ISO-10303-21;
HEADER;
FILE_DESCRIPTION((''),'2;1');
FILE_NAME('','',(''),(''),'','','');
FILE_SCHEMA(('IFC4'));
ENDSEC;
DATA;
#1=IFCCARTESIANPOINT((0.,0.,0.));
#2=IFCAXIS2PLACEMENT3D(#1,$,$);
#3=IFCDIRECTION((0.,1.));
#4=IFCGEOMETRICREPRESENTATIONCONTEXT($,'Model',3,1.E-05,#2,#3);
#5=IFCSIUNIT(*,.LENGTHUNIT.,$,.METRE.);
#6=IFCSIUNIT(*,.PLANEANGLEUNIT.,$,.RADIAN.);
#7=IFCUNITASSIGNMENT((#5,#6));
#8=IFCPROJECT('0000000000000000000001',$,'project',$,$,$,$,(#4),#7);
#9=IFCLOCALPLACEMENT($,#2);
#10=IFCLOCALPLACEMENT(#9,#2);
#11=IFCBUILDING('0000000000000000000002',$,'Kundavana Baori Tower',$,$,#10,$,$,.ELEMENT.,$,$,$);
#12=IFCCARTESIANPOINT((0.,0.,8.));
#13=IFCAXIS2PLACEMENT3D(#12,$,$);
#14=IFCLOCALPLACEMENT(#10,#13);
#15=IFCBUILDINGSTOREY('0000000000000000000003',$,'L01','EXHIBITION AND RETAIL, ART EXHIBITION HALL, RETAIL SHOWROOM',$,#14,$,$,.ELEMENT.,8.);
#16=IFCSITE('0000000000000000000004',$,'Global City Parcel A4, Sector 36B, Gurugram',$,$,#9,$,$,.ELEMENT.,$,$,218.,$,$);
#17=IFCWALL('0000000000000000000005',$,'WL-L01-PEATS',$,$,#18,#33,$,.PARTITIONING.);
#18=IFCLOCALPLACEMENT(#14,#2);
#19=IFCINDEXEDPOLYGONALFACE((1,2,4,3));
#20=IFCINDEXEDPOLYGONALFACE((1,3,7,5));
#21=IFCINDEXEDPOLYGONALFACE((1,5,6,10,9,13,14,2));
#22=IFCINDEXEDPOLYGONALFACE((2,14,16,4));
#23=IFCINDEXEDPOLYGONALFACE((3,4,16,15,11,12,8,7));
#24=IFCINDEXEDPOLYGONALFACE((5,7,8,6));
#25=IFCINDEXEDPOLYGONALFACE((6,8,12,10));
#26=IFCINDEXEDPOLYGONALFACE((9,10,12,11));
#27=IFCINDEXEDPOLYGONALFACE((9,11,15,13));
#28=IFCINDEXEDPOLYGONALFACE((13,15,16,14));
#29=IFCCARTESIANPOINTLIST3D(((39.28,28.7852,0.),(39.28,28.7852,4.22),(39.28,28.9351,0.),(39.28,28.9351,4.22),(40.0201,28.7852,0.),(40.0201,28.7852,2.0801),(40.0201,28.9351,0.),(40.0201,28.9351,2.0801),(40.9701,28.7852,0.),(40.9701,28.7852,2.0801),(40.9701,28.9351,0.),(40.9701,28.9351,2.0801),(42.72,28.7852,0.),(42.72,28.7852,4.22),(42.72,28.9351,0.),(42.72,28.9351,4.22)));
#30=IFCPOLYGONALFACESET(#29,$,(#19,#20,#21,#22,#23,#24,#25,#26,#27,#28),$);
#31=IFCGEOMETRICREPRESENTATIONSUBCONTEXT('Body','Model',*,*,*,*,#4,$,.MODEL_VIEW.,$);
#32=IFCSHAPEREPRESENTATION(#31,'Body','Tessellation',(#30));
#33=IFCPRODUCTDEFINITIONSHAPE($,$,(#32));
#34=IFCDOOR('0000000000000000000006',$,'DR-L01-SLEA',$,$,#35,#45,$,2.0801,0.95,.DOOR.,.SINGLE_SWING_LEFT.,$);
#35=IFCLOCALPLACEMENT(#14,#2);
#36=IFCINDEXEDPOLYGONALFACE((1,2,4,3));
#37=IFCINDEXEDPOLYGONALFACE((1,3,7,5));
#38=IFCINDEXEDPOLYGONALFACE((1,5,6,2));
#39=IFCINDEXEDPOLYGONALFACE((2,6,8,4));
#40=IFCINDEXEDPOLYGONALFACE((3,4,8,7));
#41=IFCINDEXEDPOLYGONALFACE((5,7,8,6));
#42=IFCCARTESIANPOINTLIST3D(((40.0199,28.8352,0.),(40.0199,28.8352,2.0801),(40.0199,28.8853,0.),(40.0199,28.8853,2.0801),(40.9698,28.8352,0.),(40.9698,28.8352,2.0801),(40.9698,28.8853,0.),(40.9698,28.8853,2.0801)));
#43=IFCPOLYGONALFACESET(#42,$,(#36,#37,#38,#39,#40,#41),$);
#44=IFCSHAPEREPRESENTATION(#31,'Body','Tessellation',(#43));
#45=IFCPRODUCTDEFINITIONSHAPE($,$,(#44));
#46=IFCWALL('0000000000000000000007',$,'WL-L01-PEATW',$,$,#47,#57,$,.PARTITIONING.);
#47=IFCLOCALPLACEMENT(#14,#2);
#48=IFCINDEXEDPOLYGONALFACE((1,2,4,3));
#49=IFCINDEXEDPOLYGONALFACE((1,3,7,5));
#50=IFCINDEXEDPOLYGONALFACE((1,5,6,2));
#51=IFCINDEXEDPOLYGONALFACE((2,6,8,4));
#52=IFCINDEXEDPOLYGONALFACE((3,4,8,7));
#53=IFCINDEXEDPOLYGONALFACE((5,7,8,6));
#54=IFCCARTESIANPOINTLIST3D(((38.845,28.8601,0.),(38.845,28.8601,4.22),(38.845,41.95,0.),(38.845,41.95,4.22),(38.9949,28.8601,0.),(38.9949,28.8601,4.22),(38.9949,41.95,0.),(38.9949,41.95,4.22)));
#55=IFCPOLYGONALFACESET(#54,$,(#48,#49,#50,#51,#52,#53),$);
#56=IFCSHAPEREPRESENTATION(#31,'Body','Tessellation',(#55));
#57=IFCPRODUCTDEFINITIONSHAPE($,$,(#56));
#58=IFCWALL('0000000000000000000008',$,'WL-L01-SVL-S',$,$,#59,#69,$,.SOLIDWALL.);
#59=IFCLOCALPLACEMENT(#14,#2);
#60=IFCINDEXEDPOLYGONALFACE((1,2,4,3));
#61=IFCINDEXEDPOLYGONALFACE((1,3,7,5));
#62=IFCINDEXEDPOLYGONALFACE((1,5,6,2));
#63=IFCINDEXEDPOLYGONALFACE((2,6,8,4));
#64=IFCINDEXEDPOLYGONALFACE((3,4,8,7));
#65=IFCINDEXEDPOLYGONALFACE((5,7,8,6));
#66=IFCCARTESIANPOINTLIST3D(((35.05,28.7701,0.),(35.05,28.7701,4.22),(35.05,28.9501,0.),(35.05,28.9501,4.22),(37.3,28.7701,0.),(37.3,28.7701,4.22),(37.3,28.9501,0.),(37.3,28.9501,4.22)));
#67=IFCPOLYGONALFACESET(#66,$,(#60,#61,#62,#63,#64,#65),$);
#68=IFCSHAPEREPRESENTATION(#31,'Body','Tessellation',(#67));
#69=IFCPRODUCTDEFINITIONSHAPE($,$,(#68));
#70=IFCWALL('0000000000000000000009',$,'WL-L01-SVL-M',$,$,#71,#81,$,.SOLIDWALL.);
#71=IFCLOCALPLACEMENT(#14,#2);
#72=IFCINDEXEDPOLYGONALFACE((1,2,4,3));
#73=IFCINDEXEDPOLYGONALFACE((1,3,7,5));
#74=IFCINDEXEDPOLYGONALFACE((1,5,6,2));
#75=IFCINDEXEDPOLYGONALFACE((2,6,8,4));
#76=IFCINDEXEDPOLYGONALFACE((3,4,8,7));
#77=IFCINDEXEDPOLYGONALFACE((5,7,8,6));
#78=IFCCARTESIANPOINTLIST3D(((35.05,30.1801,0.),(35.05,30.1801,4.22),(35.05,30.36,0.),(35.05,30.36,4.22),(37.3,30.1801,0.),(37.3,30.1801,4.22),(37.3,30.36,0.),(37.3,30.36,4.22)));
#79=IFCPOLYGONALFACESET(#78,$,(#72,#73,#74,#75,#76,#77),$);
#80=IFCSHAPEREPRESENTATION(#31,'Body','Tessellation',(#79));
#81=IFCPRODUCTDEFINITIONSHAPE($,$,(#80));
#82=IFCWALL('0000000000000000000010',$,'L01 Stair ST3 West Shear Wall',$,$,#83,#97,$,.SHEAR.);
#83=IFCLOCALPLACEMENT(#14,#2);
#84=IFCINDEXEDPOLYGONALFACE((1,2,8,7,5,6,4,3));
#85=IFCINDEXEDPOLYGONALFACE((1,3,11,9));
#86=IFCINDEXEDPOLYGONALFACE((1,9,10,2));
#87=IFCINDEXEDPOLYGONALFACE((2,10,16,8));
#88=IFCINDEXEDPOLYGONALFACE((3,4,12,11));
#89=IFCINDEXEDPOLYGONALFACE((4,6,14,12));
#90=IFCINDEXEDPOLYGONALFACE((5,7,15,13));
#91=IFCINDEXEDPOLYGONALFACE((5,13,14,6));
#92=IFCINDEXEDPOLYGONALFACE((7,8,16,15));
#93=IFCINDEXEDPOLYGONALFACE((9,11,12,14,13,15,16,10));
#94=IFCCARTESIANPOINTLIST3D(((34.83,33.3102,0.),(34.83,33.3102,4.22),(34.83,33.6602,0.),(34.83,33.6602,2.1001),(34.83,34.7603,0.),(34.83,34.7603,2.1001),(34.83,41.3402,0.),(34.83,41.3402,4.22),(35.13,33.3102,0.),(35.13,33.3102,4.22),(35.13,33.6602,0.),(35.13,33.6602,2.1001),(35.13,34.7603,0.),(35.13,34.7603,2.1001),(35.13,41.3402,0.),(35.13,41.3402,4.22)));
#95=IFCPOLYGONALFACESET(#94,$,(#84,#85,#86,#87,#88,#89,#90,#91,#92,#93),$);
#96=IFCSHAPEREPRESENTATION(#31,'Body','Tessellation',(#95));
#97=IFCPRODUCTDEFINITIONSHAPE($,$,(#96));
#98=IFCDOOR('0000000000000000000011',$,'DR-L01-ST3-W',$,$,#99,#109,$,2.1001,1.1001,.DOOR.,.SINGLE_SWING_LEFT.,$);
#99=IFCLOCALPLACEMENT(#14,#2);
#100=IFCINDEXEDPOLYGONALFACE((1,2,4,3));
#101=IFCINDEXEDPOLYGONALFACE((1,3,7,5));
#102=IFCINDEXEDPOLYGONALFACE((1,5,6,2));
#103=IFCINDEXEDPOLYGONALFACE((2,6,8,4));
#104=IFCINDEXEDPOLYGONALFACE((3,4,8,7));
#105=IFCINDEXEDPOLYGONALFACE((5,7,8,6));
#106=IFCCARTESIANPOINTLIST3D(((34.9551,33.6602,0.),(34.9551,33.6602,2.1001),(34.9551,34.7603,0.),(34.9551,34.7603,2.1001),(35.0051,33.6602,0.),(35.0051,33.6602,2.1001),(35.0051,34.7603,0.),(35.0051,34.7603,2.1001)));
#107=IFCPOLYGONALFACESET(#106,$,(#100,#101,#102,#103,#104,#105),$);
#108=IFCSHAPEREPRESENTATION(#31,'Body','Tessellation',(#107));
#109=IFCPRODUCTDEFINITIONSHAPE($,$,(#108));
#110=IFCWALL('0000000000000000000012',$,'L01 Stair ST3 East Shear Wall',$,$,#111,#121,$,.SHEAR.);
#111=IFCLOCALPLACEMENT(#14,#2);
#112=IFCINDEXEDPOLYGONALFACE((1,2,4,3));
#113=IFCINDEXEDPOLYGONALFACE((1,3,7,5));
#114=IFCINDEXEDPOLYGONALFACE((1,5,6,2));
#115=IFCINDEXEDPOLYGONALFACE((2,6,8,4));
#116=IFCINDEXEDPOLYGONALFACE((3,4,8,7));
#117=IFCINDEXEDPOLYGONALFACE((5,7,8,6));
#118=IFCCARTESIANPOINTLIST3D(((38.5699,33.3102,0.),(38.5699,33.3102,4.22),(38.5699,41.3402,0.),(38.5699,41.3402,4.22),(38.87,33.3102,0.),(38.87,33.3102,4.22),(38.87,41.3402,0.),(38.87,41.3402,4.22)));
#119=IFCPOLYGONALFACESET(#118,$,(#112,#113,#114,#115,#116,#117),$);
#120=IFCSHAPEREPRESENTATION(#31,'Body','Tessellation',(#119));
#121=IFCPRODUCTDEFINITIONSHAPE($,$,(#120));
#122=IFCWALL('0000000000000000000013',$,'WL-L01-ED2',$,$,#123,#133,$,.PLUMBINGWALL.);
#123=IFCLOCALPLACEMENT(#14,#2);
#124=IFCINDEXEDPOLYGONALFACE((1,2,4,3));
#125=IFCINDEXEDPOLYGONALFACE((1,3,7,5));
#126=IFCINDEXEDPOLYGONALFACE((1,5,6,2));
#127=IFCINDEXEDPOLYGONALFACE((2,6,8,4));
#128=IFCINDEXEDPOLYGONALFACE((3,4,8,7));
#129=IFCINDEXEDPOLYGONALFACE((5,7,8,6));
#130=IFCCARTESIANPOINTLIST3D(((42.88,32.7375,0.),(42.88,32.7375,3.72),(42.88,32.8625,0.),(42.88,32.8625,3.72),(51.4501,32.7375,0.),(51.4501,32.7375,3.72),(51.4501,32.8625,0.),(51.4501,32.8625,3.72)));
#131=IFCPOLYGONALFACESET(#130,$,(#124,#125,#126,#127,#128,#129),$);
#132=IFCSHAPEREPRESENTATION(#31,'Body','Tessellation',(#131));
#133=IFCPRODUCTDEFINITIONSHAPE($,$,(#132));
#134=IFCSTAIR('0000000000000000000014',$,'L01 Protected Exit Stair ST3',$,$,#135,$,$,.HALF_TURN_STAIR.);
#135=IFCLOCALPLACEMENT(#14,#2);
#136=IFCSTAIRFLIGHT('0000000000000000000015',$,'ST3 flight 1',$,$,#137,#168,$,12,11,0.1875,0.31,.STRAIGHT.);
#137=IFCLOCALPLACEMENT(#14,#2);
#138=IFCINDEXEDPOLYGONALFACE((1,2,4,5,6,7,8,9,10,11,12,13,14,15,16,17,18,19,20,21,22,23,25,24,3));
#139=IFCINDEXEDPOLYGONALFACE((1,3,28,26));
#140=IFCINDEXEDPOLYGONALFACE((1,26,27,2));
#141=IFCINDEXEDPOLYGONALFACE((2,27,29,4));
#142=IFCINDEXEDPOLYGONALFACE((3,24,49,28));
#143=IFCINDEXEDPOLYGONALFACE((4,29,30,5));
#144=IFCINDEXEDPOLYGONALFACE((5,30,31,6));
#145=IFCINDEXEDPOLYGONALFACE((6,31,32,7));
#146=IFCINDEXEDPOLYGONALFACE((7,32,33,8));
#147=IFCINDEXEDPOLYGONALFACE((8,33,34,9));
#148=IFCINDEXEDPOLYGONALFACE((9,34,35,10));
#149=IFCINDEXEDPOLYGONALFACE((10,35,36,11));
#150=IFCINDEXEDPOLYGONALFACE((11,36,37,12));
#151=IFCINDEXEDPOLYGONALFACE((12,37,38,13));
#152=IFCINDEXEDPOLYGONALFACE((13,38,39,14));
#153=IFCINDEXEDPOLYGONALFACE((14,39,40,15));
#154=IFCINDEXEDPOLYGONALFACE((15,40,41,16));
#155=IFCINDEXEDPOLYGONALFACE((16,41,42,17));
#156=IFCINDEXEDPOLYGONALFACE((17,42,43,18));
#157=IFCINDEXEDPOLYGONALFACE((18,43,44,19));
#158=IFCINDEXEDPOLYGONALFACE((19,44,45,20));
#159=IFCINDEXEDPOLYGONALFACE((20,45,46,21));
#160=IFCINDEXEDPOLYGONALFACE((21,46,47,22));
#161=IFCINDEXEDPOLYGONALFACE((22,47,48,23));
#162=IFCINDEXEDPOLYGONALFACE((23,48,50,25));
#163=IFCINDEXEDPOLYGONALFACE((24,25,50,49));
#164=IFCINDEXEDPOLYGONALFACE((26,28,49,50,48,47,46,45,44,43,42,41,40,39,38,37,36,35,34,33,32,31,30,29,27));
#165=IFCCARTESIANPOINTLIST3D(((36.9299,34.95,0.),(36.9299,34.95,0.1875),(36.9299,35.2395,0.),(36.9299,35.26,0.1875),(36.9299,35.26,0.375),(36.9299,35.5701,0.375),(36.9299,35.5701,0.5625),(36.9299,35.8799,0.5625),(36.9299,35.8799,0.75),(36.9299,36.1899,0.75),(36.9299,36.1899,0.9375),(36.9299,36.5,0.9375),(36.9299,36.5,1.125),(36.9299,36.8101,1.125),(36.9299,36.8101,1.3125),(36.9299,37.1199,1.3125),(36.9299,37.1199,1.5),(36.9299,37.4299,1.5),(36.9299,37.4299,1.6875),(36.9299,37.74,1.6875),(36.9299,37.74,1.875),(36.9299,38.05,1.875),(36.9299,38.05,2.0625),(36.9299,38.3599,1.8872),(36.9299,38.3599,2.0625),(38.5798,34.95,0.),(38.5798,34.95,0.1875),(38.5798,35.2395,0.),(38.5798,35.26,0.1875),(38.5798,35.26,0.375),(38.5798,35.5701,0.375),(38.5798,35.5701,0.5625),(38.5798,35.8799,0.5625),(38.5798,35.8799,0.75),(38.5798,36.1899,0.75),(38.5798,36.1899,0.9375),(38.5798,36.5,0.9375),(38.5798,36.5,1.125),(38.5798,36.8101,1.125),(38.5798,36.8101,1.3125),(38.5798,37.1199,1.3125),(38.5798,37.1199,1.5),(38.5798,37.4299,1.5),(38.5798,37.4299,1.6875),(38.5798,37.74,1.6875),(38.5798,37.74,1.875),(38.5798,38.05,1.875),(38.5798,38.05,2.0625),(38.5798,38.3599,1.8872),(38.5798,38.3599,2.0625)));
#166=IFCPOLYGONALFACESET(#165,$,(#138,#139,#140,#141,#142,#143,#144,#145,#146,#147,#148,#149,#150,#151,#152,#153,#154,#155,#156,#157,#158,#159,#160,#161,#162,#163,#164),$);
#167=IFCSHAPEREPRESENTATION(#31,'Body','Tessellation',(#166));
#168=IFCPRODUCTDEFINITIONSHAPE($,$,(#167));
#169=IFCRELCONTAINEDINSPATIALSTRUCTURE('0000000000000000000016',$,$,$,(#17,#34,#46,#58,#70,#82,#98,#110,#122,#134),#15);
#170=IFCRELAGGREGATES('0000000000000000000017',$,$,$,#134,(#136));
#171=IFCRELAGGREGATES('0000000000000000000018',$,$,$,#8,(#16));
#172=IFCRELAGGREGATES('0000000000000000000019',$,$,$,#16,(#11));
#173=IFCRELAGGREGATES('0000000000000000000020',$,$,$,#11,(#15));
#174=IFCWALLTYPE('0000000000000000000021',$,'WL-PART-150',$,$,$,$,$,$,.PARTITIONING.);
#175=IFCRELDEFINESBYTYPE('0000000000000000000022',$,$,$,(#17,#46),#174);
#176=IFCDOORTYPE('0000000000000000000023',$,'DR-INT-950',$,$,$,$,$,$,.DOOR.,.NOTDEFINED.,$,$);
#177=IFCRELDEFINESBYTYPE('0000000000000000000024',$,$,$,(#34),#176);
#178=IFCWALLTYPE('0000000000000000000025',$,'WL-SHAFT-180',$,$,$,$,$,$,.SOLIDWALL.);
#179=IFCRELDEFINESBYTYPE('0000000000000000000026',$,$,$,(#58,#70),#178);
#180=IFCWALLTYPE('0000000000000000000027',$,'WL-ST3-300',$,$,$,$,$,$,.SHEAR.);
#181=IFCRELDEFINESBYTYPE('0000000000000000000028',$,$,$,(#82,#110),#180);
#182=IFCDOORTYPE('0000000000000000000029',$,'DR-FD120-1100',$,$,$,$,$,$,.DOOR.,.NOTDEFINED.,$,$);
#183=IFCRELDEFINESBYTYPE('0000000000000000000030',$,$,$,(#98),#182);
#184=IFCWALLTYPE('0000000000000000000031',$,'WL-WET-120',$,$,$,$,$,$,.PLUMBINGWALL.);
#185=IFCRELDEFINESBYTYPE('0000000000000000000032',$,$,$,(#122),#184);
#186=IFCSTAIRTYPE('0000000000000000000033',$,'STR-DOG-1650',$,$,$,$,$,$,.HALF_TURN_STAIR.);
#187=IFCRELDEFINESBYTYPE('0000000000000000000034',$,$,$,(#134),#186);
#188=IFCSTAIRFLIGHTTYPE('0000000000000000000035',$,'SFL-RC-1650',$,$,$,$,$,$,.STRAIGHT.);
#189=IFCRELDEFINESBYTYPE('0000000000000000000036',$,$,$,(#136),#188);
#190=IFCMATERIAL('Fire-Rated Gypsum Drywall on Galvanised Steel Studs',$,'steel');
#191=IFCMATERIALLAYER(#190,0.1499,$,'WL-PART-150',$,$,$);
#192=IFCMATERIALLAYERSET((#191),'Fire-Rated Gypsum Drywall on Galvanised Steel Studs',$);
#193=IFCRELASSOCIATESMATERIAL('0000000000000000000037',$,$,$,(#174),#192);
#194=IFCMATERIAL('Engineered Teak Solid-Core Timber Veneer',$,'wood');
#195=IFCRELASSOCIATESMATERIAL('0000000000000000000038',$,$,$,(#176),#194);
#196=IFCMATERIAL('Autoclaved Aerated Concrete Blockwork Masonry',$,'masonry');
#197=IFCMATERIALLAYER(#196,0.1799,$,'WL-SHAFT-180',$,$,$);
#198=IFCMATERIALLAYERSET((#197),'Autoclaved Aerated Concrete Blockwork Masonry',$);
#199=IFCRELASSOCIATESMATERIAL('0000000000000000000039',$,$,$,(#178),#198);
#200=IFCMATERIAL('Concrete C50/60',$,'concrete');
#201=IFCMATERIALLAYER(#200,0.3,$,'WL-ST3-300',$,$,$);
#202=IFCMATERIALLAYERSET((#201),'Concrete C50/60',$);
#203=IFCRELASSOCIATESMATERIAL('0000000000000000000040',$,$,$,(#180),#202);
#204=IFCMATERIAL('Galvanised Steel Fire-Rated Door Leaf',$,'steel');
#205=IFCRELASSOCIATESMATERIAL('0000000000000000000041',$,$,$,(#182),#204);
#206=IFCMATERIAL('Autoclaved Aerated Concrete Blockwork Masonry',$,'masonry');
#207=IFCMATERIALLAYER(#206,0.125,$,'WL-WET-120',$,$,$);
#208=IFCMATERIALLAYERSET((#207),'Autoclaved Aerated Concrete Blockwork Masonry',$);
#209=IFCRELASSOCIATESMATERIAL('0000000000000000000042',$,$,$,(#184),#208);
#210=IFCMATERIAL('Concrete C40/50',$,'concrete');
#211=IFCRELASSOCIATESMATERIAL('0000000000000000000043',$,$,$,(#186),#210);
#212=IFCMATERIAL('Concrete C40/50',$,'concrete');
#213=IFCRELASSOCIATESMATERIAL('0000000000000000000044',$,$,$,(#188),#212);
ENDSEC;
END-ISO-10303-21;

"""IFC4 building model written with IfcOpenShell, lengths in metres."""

from ifc_helpers import new_model, si_unit, direction, frame, frame_2d, origin, place, context, subcontext, project, spatial, polyline, rectangle, outline, extrude, material, layer, layer_set, type_object, element, fill, aggregate, save


model = new_model("IFC4")

# Units and contexts
model_context = context("Model", 3, precision=1e-05, world=origin(), true_north=direction((0.0, 1.0)))
body_context = subcontext(model_context, "Body", "Model", "MODEL_VIEW")
ifc_project = project(units=[si_unit("LENGTHUNIT", "METRE"), si_unit("PLANEANGLEUNIT", "RADIAN")], contexts=[model_context])

# Site, building, storey
site_placement = place(None, origin())
site = spatial("IfcSite", under=ifc_project, at=site_placement, Name="Global City Parcel A4, Sector 36B, Gurugram", CompositionType="ELEMENT", RefElevation=218.0)
building_placement = place(site_placement, origin())
building = spatial("IfcBuilding", under=site, at=building_placement, Name="Kundavana Baori Tower", CompositionType="ELEMENT")
storey_placement = place(building_placement, frame((0.0, 0.0, 8.0)))
storey = spatial("IfcBuildingStorey", under=building, at=storey_placement, Name="L01", Description="EXHIBITION AND RETAIL, ART EXHIBITION HALL, RETAIL SHOWROOM", CompositionType="ELEMENT", Elevation=8.0)

# Shared definitions
ifc_material_1 = material(Name="Fire-Rated Gypsum Drywall on Galvanised Steel Studs", Category="steel")
ifc_layer_1 = layer(ifc_material_1, 0.1499, Name="WL-PART-150")
ifc_layer_set_1 = layer_set([ifc_layer_1], Name="Fire-Rated Gypsum Drywall on Galvanised Steel Studs")
wall_type_1 = type_object("IfcWallType", Name="WL-PART-150", PredefinedType="PARTITIONING", material=ifc_layer_set_1)

# Wall, opening, door
wall_1_placement = place(storey_placement, frame((39.28, 28.8601, 0.0), z_axis=(0.0, 0.0, 1.0), x_axis=(1.0, 0.0, 0.0)))
wall_1 = element("IfcWall", 1, at=wall_1_placement, inside=storey, type_object=wall_type_1, Name="WL-L01-PEATS", PredefinedType="PARTITIONING", context=body_context, shape_type="SweptSolid", body=[
    extrude(rectangle(XDim=3.4399, YDim=0.1499, at=frame_2d((1.72, 0.0))), origin(), (0.0, 0.0, 1.0), 4.22),
])
opening_1_placement = place(wall_1_placement, frame((0.74, 0.0, 0.0)))
opening_1 = element("IfcOpeningElement", 2, at=opening_1_placement, cuts=wall_1, PredefinedType="OPENING", context=body_context, shape_type="SweptSolid", body=[
    extrude(rectangle(XDim=0.95, YDim=2.0801, at=frame_2d((0.4751, 1.04))), frame((0.0, 0.085, 0.0), z_axis=(0.0, -1.0, 0.0), x_axis=(1.0, 0.0, 0.0)), (0.0, 0.0, 1.0), 0.1699),
])
ifc_material_2 = material(Name="Engineered Teak Solid-Core Timber Veneer", Category="wood")
door_type_1 = type_object("IfcDoorType", Name="DR-INT-950", OperationType="NOTDEFINED", PredefinedType="DOOR", material=ifc_material_2)
door_1_placement = place(opening_1_placement, frame((0.95, 0.0, 0.0), z_axis=(0.0, 0.0, 1.0), x_axis=(-1.0, 0.0, 0.0)))
door_1 = element("IfcDoor", 3, at=door_1_placement, inside=storey, type_object=door_type_1, Name="DR-L01-SLEA", OperationType="SINGLE_SWING_LEFT", OverallHeight=2.0801, OverallWidth=0.95, PredefinedType="DOOR", context=body_context, shape_type="SweptSolid", body=[
    extrude(rectangle(XDim=0.95, YDim=2.0801, at=frame_2d((0.4751, 1.04))), frame((0.0, 0.0249, 0.0), z_axis=(0.0, -1.0, 0.0), x_axis=(1.0, 0.0, 0.0)), (0.0, 0.0, 1.0), 0.05),
])
fill(opening_1, door_1)

# Wall
wall_2_placement = place(storey_placement, frame((38.9199, 28.8601, 0.0), z_axis=(0.0, 0.0, 1.0), x_axis=(0.0, 1.0, 0.0)))
element("IfcWall", 4, at=wall_2_placement, inside=storey, type_object=wall_type_1, Name="WL-L01-PEATW", PredefinedType="PARTITIONING", context=body_context, shape_type="SweptSolid", body=[
    extrude(rectangle(XDim=13.0898, YDim=0.1499, at=frame_2d((6.5449, 0.0))), origin(), (0.0, 0.0, 1.0), 4.22),
])

# Shared definitions
ifc_material_3 = material(Name="Autoclaved Aerated Concrete Blockwork Masonry", Category="masonry")
ifc_layer_2 = layer(ifc_material_3, 0.1799, Name="WL-SHAFT-180")
ifc_layer_set_2 = layer_set([ifc_layer_2], Name="Autoclaved Aerated Concrete Blockwork Masonry")
wall_type_2 = type_object("IfcWallType", Name="WL-SHAFT-180", PredefinedType="SOLIDWALL", material=ifc_layer_set_2)

# Walls
for number, where, z_axis, x_axis, name in (
    (5, (35.05, 28.8601, 0.0), (0.0, 0.0, 1.0), (1.0, 0.0, 0.0), "WL-L01-SVL-S"),
    (6, (35.05, 30.27, 0.0), (0.0, 0.0, 1.0), (1.0, 0.0, 0.0), "WL-L01-SVL-M"),
):
    element("IfcWall", number, at=place(storey_placement, frame(where, z_axis=z_axis, x_axis=x_axis)), inside=storey, type_object=wall_type_2, Name=name, PredefinedType="SOLIDWALL", context=body_context, shape_type="SweptSolid", body=[
        extrude(rectangle(XDim=2.25, YDim=0.1799, at=frame_2d((1.125, 0.0))), origin(), (0.0, 0.0, 1.0), 4.22),
    ])

# Wall, opening, door
ifc_material_4 = material(Name="Concrete C50/60", Category="concrete")
ifc_layer_3 = layer(ifc_material_4, 0.3, Name="WL-ST3-300")
ifc_layer_set_3 = layer_set([ifc_layer_3], Name="Concrete C50/60")
wall_type_3 = type_object("IfcWallType", Name="WL-ST3-300", PredefinedType="SHEAR", material=ifc_layer_set_3)
wall_3_placement = place(storey_placement, frame((34.98, 33.3101, 0.0), z_axis=(0.0, 0.0, 1.0), x_axis=(0.0, 1.0, 0.0)))
wall_3 = element("IfcWall", 7, at=wall_3_placement, inside=storey, type_object=wall_type_3, Name="L01 Stair ST3 West Shear Wall", PredefinedType="SHEAR", context=body_context, shape_type="SweptSolid", body=[
    extrude(rectangle(XDim=8.03, YDim=0.3, at=frame_2d((4.0151, 0.0))), origin(), (0.0, 0.0, 1.0), 4.22),
])
opening_2_placement = place(wall_3_placement, frame((0.3501, 0.0, 0.0)))
opening_2 = element("IfcOpeningElement", 8, at=opening_2_placement, cuts=wall_3, PredefinedType="OPENING", context=body_context, shape_type="SweptSolid", body=[
    extrude(rectangle(XDim=1.1001, YDim=2.1001, at=frame_2d((0.55, 1.05))), frame((0.0, 0.1602, 0.0), z_axis=(0.0, -1.0, 0.0), x_axis=(1.0, 0.0, 0.0)), (0.0, 0.0, 1.0), 0.3201),
])
ifc_material_5 = material(Name="Galvanised Steel Fire-Rated Door Leaf", Category="steel")
door_type_2 = type_object("IfcDoorType", Name="DR-FD120-1100", OperationType="NOTDEFINED", PredefinedType="DOOR", material=ifc_material_5)
door_2_placement = place(opening_2_placement, origin())
door_2 = element("IfcDoor", 9, at=door_2_placement, inside=storey, type_object=door_type_2, Name="DR-L01-ST3-W", OperationType="SINGLE_SWING_LEFT", OverallHeight=2.1001, OverallWidth=1.1001, PredefinedType="DOOR", context=body_context, shape_type="SweptSolid", body=[
    extrude(rectangle(XDim=1.1001, YDim=2.1001, at=frame_2d((0.55, 1.05))), frame((0.0, 0.0249, 0.0), z_axis=(0.0, -1.0, 0.0), x_axis=(1.0, 0.0, 0.0)), (0.0, 0.0, 1.0), 0.05),
])
fill(opening_2, door_2)

# Walls
wall_4_placement = place(storey_placement, frame((38.72, 33.3101, 0.0), z_axis=(0.0, 0.0, 1.0), x_axis=(0.0, 1.0, 0.0)))
element("IfcWall", 10, at=wall_4_placement, inside=storey, type_object=wall_type_3, Name="L01 Stair ST3 East Shear Wall", PredefinedType="SHEAR", context=body_context, shape_type="SweptSolid", body=[
    extrude(rectangle(XDim=8.03, YDim=0.3, at=frame_2d((4.0151, 0.0))), origin(), (0.0, 0.0, 1.0), 4.22),
])
ifc_material_6 = material(Name="Autoclaved Aerated Concrete Blockwork Masonry", Category="masonry")
ifc_layer_4 = layer(ifc_material_6, 0.125, Name="WL-WET-120")
ifc_layer_set_4 = layer_set([ifc_layer_4], Name="Autoclaved Aerated Concrete Blockwork Masonry")
wall_type_4 = type_object("IfcWallType", Name="WL-WET-120", PredefinedType="PLUMBINGWALL", material=ifc_layer_set_4)
wall_5_placement = place(storey_placement, frame((42.8799, 32.8, 0.0), z_axis=(0.0, 0.0, 1.0), x_axis=(1.0, 0.0, 0.0)))
element("IfcWall", 11, at=wall_5_placement, inside=storey, type_object=wall_type_4, Name="WL-L01-ED2", PredefinedType="PLUMBINGWALL", context=body_context, shape_type="SweptSolid", body=[
    extrude(rectangle(XDim=8.5701, YDim=0.125, at=frame_2d((4.2852, 0.0))), origin(), (0.0, 0.0, 1.0), 3.72),
])

# Stair, stair flight
ifc_material_7 = material(Name="Concrete C40/50", Category="concrete")
stair_type = type_object("IfcStairType", Name="STR-DOG-1650", PredefinedType="HALF_TURN_STAIR", material=ifc_material_7)
stair_placement = place(storey_placement, origin())
stair = element("IfcStair", 12, at=stair_placement, inside=storey, type_object=stair_type, Name="L01 Protected Exit Stair ST3", PredefinedType="HALF_TURN_STAIR")
ifc_material_8 = material(Name="Concrete C40/50", Category="concrete")
stair_flight_type = type_object("IfcStairFlightType", Name="SFL-RC-1650", PredefinedType="STRAIGHT", material=ifc_material_8)
stair_flight_placement = place(storey_placement, frame((37.7549, 34.95, 0.0), z_axis=(0.0, 0.0, 1.0), x_axis=(0.0, 1.0, 0.0)))
stair_flight = element("IfcStairFlight", 13, at=stair_flight_placement, type_object=stair_flight_type, Name="ST3 flight 1", NumberOfRisers=12, NumberOfTreads=11, PredefinedType="STRAIGHT", RiserHeight=0.1875, TreadLength=0.31, context=body_context, shape_type="SweptSolid", body=[
    extrude(outline(polyline([(0.0, 0.0), (0.0, 0.1875), (0.3101, 0.1875), (0.3101, 0.375), (0.6201, 0.375), (0.6201, 0.5625), (0.9299, 0.5625), (0.9299, 0.75), (1.24, 0.75), (1.24, 0.9375), (1.55, 0.9375), (1.55, 1.125), (1.8601, 1.125), (1.8601, 1.3125), (2.1699, 1.3125), (2.1699, 1.5), (2.48, 1.5), (2.48, 1.6875), (2.79, 1.6875), (2.79, 1.875), (3.1001, 1.875), (3.1001, 2.0625), (3.4099, 2.0625), (3.4099, 2.25), (3.4099, 1.8872), (0.2896, 0.0), (0.0, 0.0)])), frame((0.0, 0.825, 0.0), z_axis=(0.0, -1.0, 0.0), x_axis=(1.0, 0.0, 0.0)), (0.0, 0.0, 1.0), 1.6499),
])
aggregate(stair, [stair_flight])

save(model, "model.ifc")
